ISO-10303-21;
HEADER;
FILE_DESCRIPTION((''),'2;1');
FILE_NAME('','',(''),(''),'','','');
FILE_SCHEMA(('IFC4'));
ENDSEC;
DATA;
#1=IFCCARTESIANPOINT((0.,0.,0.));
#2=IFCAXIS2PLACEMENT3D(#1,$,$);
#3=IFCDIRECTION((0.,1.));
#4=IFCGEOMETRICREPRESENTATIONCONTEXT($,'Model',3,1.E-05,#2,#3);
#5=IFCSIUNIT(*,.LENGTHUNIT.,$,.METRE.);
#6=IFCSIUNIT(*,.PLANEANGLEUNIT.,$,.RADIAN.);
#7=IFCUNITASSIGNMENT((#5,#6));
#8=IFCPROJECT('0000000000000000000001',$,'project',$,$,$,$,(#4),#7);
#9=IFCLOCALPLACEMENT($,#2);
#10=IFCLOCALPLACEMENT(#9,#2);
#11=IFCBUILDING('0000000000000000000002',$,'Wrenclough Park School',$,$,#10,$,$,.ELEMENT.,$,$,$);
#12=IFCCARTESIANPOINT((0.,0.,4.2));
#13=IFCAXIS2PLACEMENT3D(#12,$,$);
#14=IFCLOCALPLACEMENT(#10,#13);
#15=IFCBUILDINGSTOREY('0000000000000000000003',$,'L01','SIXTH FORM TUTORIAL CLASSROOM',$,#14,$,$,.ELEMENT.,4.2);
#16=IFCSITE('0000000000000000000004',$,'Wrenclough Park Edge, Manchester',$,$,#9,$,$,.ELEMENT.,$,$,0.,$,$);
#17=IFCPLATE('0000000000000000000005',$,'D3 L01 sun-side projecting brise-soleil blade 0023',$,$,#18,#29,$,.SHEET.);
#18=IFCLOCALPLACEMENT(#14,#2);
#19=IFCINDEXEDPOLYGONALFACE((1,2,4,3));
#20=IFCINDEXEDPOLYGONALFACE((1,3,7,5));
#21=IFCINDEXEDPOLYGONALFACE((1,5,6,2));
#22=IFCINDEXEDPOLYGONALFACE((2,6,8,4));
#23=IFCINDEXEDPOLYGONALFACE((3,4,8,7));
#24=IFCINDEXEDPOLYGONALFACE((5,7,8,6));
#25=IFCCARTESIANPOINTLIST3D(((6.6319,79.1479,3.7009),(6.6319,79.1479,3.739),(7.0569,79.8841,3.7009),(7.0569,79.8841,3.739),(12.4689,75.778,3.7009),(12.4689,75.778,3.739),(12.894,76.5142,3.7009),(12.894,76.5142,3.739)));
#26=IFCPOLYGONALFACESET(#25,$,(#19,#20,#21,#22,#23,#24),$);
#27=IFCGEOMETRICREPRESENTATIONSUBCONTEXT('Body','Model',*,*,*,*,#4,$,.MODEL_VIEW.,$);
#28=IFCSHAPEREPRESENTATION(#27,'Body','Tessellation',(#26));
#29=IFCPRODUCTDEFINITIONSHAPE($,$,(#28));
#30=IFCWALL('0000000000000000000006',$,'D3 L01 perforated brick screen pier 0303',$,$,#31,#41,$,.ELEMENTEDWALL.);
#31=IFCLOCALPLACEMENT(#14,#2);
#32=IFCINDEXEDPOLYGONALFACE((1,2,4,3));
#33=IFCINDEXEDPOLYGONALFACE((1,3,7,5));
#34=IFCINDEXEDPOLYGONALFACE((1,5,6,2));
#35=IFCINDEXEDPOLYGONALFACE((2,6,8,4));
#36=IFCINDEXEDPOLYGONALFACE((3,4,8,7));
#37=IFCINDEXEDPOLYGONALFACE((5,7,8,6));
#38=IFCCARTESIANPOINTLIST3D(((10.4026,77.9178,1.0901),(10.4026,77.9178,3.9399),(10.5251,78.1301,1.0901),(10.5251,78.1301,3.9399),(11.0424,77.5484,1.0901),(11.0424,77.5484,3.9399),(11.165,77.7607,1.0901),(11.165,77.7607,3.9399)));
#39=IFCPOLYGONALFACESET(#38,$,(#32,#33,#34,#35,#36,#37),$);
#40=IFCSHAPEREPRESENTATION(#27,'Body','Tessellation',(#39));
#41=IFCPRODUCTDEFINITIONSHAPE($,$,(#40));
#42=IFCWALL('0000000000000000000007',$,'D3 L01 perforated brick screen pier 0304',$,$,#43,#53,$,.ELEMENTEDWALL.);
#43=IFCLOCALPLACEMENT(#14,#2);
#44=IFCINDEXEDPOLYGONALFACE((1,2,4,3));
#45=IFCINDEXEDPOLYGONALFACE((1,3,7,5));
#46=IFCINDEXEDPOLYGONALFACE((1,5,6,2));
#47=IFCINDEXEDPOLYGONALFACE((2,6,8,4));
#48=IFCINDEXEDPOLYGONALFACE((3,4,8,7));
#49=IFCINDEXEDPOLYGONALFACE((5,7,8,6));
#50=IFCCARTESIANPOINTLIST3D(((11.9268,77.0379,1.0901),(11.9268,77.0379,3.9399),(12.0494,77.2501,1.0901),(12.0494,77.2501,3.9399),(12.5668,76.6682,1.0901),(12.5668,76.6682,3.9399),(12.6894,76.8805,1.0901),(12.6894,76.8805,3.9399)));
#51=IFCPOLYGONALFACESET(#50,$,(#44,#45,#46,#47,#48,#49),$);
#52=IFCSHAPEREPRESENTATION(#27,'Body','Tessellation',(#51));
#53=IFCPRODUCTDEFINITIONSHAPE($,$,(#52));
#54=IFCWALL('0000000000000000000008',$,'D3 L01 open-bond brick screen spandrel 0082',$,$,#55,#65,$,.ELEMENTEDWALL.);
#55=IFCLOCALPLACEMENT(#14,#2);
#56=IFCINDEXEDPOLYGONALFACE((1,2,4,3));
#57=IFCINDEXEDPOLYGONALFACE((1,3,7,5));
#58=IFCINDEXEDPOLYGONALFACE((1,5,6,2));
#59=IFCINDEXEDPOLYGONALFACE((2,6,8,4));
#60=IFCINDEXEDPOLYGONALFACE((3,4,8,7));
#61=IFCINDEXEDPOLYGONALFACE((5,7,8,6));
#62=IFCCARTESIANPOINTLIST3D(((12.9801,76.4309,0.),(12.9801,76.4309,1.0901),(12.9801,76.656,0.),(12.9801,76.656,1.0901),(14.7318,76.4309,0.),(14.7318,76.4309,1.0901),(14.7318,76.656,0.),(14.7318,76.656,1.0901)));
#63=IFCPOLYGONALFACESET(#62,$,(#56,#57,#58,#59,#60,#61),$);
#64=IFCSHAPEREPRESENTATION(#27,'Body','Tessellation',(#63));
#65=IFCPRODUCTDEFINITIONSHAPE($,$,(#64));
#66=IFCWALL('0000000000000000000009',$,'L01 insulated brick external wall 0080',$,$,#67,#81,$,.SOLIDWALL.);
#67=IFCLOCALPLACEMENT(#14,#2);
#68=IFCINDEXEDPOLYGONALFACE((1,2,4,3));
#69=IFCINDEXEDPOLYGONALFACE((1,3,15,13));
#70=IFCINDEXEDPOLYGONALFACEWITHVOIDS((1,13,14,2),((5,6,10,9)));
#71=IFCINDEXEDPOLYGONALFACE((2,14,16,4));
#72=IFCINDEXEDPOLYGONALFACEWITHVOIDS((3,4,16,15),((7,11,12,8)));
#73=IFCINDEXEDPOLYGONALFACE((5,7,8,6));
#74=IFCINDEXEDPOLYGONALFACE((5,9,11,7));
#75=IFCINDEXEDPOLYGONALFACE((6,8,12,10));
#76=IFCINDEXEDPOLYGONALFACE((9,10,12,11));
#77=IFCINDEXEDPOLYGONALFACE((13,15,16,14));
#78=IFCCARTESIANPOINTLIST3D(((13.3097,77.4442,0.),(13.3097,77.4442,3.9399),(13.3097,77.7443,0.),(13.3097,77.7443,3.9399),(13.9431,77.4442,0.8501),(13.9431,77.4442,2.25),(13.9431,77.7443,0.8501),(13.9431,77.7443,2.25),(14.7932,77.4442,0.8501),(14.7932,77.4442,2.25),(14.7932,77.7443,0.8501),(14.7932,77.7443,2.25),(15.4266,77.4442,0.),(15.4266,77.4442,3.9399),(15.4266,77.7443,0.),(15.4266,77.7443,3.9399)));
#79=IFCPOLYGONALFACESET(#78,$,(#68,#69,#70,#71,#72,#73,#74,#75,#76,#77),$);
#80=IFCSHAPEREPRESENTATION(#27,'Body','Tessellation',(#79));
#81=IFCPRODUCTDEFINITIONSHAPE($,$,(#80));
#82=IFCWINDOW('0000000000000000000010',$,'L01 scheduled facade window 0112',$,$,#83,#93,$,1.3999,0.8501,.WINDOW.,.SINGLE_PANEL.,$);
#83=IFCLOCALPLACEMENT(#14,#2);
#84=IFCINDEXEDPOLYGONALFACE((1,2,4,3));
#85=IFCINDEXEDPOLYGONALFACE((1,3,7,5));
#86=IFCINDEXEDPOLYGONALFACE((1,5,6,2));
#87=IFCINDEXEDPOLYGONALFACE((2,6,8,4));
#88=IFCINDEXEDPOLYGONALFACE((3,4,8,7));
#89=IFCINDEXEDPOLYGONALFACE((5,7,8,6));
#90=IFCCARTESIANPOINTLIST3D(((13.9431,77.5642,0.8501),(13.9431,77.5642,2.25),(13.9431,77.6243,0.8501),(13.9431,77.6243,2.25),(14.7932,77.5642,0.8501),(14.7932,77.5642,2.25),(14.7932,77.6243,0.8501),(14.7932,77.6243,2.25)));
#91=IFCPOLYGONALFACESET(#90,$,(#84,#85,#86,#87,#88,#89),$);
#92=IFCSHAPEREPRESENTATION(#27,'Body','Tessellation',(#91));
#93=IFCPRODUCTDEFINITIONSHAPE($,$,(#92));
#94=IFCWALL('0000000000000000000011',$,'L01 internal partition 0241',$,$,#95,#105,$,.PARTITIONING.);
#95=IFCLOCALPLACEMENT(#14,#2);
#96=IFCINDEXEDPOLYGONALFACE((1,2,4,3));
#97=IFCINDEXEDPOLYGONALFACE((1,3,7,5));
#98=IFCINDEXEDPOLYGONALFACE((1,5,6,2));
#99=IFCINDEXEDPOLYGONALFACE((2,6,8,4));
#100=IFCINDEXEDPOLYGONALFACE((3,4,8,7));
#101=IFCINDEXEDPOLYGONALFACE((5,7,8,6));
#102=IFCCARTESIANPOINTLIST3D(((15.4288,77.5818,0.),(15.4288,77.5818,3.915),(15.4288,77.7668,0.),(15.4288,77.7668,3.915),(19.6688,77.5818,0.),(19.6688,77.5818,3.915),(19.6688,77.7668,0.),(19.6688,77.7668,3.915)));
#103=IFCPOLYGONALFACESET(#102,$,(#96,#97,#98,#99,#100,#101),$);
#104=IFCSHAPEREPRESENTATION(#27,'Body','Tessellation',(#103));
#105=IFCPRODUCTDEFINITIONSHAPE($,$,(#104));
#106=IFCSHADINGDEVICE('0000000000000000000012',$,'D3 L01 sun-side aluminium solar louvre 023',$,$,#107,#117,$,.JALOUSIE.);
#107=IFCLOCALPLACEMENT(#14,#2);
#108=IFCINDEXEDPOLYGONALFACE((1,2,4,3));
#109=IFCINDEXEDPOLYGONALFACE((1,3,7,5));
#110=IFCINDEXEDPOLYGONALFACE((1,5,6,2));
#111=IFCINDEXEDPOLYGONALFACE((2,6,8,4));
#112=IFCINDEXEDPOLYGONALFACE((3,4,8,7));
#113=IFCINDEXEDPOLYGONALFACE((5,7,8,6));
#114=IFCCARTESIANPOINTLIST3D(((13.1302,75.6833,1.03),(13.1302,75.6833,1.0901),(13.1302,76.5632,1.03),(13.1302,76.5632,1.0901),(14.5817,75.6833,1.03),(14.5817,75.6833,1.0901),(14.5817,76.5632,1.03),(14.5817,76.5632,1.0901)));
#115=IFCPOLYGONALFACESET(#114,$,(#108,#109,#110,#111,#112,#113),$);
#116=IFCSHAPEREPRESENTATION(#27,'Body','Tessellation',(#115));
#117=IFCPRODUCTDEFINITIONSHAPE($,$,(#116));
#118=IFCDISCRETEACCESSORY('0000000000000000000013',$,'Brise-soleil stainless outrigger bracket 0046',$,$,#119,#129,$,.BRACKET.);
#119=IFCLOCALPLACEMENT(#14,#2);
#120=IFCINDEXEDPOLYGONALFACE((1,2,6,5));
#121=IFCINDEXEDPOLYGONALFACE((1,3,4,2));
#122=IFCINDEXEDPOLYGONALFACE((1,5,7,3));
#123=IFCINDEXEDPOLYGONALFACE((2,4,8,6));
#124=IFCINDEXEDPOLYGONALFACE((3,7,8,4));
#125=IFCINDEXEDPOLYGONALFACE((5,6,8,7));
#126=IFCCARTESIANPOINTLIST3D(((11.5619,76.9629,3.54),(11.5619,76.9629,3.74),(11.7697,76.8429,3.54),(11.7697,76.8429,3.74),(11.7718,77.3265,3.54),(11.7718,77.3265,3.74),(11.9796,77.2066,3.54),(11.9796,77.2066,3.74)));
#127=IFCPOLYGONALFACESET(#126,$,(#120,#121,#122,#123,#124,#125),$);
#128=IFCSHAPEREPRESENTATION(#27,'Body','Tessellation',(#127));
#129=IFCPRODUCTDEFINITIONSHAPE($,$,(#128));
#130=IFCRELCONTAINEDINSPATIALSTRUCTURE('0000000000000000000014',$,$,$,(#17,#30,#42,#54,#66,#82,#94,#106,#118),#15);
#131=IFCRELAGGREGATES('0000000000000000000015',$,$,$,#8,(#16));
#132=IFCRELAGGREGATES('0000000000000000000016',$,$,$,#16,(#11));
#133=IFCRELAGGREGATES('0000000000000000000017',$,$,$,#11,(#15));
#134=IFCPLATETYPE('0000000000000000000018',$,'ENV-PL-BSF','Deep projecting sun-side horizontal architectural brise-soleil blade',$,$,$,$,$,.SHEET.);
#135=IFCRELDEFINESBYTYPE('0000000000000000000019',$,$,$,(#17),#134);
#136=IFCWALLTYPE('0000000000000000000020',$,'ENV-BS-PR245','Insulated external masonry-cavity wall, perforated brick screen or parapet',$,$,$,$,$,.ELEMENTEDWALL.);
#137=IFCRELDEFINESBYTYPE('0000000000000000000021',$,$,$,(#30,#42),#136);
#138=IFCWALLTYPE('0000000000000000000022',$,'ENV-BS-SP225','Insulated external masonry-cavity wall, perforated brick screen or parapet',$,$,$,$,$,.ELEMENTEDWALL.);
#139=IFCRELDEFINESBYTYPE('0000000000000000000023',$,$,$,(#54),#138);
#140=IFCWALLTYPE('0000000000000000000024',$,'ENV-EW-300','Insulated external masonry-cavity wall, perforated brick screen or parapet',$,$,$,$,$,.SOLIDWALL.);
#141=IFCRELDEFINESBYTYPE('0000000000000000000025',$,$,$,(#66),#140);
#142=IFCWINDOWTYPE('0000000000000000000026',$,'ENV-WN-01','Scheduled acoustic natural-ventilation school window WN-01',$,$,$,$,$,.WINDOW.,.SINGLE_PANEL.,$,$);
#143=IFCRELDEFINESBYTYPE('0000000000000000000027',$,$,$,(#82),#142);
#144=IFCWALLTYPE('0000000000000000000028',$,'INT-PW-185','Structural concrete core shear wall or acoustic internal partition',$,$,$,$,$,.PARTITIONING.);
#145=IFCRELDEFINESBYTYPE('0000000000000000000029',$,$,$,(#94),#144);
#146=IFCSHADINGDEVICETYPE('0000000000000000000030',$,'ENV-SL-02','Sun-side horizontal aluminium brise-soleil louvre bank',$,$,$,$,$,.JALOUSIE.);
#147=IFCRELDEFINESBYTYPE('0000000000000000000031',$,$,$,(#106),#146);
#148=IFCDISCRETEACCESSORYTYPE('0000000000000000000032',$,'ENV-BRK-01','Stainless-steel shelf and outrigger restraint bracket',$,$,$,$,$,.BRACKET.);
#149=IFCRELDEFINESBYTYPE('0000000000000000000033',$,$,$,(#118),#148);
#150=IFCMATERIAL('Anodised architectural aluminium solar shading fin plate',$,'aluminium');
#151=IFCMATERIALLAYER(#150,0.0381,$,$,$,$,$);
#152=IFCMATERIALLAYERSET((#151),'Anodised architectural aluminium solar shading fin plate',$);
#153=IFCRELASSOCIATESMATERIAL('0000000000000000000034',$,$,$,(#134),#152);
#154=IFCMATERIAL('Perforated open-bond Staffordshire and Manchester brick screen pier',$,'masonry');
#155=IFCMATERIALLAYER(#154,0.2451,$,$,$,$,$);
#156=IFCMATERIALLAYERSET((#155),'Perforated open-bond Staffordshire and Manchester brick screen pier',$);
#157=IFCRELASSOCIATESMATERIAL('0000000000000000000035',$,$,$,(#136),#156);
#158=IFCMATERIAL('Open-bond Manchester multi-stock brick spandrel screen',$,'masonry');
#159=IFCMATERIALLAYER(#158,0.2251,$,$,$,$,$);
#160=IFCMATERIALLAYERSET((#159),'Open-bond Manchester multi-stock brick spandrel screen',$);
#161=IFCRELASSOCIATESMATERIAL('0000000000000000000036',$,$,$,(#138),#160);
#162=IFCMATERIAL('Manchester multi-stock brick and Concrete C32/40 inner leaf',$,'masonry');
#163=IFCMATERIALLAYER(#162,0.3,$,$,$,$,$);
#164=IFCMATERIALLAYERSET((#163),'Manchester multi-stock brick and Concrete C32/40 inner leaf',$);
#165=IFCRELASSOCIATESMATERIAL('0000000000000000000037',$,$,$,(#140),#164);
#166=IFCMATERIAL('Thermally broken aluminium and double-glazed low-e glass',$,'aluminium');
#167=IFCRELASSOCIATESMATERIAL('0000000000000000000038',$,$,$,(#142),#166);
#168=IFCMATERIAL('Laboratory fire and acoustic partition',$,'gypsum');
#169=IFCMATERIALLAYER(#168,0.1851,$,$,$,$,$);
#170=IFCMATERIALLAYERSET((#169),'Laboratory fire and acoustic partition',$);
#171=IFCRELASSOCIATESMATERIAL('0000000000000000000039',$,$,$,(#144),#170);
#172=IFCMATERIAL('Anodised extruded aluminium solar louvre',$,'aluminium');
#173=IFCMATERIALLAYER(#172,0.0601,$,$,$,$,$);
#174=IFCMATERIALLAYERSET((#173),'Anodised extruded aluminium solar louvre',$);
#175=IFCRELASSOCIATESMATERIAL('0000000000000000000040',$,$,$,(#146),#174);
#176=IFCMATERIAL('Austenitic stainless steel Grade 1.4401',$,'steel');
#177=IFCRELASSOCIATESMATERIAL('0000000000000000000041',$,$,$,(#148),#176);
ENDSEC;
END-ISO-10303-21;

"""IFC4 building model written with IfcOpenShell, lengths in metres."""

from ifc_helpers import new_model, si_unit, direction, frame, frame_2d, origin, origin_2d, place, context, subcontext, project, spatial, rectangle, extrude, material, layer, layer_set, type_object, element, fill, save


model = new_model("IFC4")

# Units and contexts
model_context = context("Model", 3, precision=1e-05, world=origin(), true_north=direction((0.0, 1.0)))
body_context = subcontext(model_context, "Body", "Model", "MODEL_VIEW")
ifc_project = project(units=[si_unit("LENGTHUNIT", "METRE"), si_unit("PLANEANGLEUNIT", "RADIAN")], contexts=[model_context])

# Site, building, storey
site_placement = place(None, origin())
site = spatial("IfcSite", under=ifc_project, at=site_placement, Name="Wrenclough Park Edge, Manchester", CompositionType="ELEMENT", RefElevation=0.0)
building_placement = place(site_placement, origin())
building = spatial("IfcBuilding", under=site, at=building_placement, Name="Wrenclough Park School", CompositionType="ELEMENT")
storey_placement = place(building_placement, frame((0.0, 0.0, 4.2)))
storey = spatial("IfcBuildingStorey", under=building, at=storey_placement, Name="L01", Description="SIXTH FORM TUTORIAL CLASSROOM", CompositionType="ELEMENT", Elevation=4.2)

# Plate
ifc_material_1 = material(Name="Anodised architectural aluminium solar shading fin plate", Category="aluminium")
ifc_layer_1 = layer(ifc_material_1, 0.0381)
ifc_layer_set_1 = layer_set([ifc_layer_1], Name="Anodised architectural aluminium solar shading fin plate")
plate_type_1 = type_object("IfcPlateType", Name="ENV-PL-BSF", Description="Deep projecting sun-side horizontal architectural brise-soleil blade", PredefinedType="SHEET", material=ifc_layer_set_1)
plate_1_placement = place(storey_placement, frame((9.7629, 77.8311, 3.7009), z_axis=(0.0, 0.0, 1.0), x_axis=(0.866031, -0.499991, 0.0)))
element("IfcPlate", 1, at=plate_1_placement, inside=storey, type_object=plate_type_1, Name="D3 L01 sun-side projecting brise-soleil blade 0023", PredefinedType="SHEET", context=body_context, shape_type="SweptSolid", body=[
    extrude(rectangle(XDim=6.74, YDim=0.8501, at=origin_2d()), origin(), (0.0, 0.0, 1.0), 0.0381),
])

# Walls
ifc_material_2 = material(Name="Perforated open-bond Staffordshire and Manchester brick screen pier", Category="masonry")
ifc_layer_2 = layer(ifc_material_2, 0.2451)
ifc_layer_set_2 = layer_set([ifc_layer_2], Name="Perforated open-bond Staffordshire and Manchester brick screen pier")
wall_type_1 = type_object("IfcWallType", Name="ENV-BS-PR245", Description="Insulated external masonry-cavity wall, perforated brick screen or parapet", PredefinedType="ELEMENTEDWALL", material=ifc_layer_set_2)
wall_1_placement = place(storey_placement, frame((10.4639, 78.0239, 1.0901), z_axis=(0.0, 0.0, 1.0), x_axis=(0.866059, -0.499942, 0.0)))
element("IfcWall", 2, at=wall_1_placement, inside=storey, type_object=wall_type_1, Name="D3 L01 perforated brick screen pier 0303", PredefinedType="ELEMENTEDWALL", context=body_context, shape_type="SweptSolid", body=[
    extrude(rectangle(XDim=0.7388, YDim=0.2451, at=frame_2d((0.3694, 0.0))), origin(), (0.0, 0.0, 1.0), 2.8499),
])
wall_2_placement = place(storey_placement, frame((11.988, 77.144, 1.0901), z_axis=(0.0, 0.0, 1.0), x_axis=(0.865916, -0.50019, 0.0)))
element("IfcWall", 3, at=wall_2_placement, inside=storey, type_object=wall_type_1, Name="D3 L01 perforated brick screen pier 0304", PredefinedType="ELEMENTEDWALL", context=body_context, shape_type="SweptSolid", body=[
    extrude(rectangle(XDim=0.739, YDim=0.2451, at=frame_2d((0.3696, 0.0))), origin(), (0.0, 0.0, 1.0), 2.8499),
])
ifc_material_3 = material(Name="Open-bond Manchester multi-stock brick spandrel screen", Category="masonry")
ifc_layer_3 = layer(ifc_material_3, 0.2251)
ifc_layer_set_3 = layer_set([ifc_layer_3], Name="Open-bond Manchester multi-stock brick spandrel screen")
wall_type_2 = type_object("IfcWallType", Name="ENV-BS-SP225", Description="Insulated external masonry-cavity wall, perforated brick screen or parapet", PredefinedType="ELEMENTEDWALL", material=ifc_layer_set_3)
wall_3_placement = place(storey_placement, frame((12.98, 76.5435, 0.0), z_axis=(0.0, 0.0, 1.0), x_axis=(1.0, 0.0, 0.0)))
element("IfcWall", 4, at=wall_3_placement, inside=storey, type_object=wall_type_2, Name="D3 L01 open-bond brick screen spandrel 0082", PredefinedType="ELEMENTEDWALL", context=body_context, shape_type="SweptSolid", body=[
    extrude(rectangle(XDim=1.7517, YDim=0.2251, at=frame_2d((0.876, 0.0))), origin(), (0.0, 0.0, 1.0), 1.0901),
])

# Wall, opening, window
ifc_material_4 = material(Name="Manchester multi-stock brick and Concrete C32/40 inner leaf", Category="masonry")
ifc_layer_4 = layer(ifc_material_4, 0.3)
ifc_layer_set_4 = layer_set([ifc_layer_4], Name="Manchester multi-stock brick and Concrete C32/40 inner leaf")
wall_type_3 = type_object("IfcWallType", Name="ENV-EW-300", Description="Insulated external masonry-cavity wall, perforated brick screen or parapet", PredefinedType="SOLIDWALL", material=ifc_layer_set_4)
wall_4_placement = place(storey_placement, frame((15.4268, 77.5942, 0.0), z_axis=(0.0, 0.0, 1.0), x_axis=(-1.0, 0.0, 0.0)))
wall_4 = element("IfcWall", 5, at=wall_4_placement, inside=storey, type_object=wall_type_3, Name="L01 insulated brick external wall 0080", PredefinedType="SOLIDWALL", context=body_context, shape_type="SweptSolid", body=[
    extrude(rectangle(XDim=2.1169, YDim=0.3, at=frame_2d((1.0586, 0.0))), origin(), (0.0, 0.0, 1.0), 3.9399),
])
opening_placement = place(wall_4_placement, frame((0.6335, 0.0, 0.8501)))
opening = element("IfcOpeningElement", 6, at=opening_placement, cuts=wall_4, PredefinedType="OPENING", context=body_context, shape_type="SweptSolid", body=[
    extrude(rectangle(XDim=0.8501, YDim=1.3999, at=frame_2d((0.425, 0.7))), frame((0.0, 0.1599, 0.0), z_axis=(0.0, -1.0, 0.0), x_axis=(1.0, 0.0, 0.0)), (0.0, 0.0, 1.0), 0.3201),
])
ifc_material_5 = material(Name="Thermally broken aluminium and double-glazed low-e glass", Category="aluminium")
window_type = type_object("IfcWindowType", Name="ENV-WN-01", Description="Scheduled acoustic natural-ventilation school window WN-01", PartitioningType="SINGLE_PANEL", PredefinedType="WINDOW", material=ifc_material_5)
window_placement = place(opening_placement, origin())
window = element("IfcWindow", 7, at=window_placement, inside=storey, type_object=window_type, Name="L01 scheduled facade window 0112", OverallHeight=1.3999, OverallWidth=0.8501, PartitioningType="SINGLE_PANEL", PredefinedType="WINDOW", context=body_context, shape_type="SweptSolid", body=[
    extrude(rectangle(XDim=0.8501, YDim=1.3999, at=frame_2d((0.425, 0.7))), frame((0.0, 0.03, 0.0), z_axis=(0.0, -1.0, 0.0), x_axis=(1.0, 0.0, 0.0)), (0.0, 0.0, 1.0), 0.0601),
])
fill(opening, window)

# Wall
ifc_material_6 = material(Name="Laboratory fire and acoustic partition", Category="gypsum")
ifc_layer_5 = layer(ifc_material_6, 0.1851)
ifc_layer_set_5 = layer_set([ifc_layer_5], Name="Laboratory fire and acoustic partition")
wall_type_4 = type_object("IfcWallType", Name="INT-PW-185", Description="Structural concrete core shear wall or acoustic internal partition", PredefinedType="PARTITIONING", material=ifc_layer_set_5)
wall_5_placement = place(storey_placement, frame((15.4287, 77.6743, 0.0), z_axis=(0.0, 0.0, 1.0), x_axis=(1.0, 0.0, 0.0)))
element("IfcWall", 8, at=wall_5_placement, inside=storey, type_object=wall_type_4, Name="L01 internal partition 0241", PredefinedType="PARTITIONING", context=body_context, shape_type="SweptSolid", body=[
    extrude(rectangle(XDim=4.24, YDim=0.1851, at=frame_2d((2.1201, 0.0))), origin(), (0.0, 0.0, 1.0), 3.915),
])

# Shading device
ifc_material_7 = material(Name="Anodised extruded aluminium solar louvre", Category="aluminium")
ifc_layer_6 = layer(ifc_material_7, 0.0601)
ifc_layer_set_6 = layer_set([ifc_layer_6], Name="Anodised extruded aluminium solar louvre")
shading_device_type = type_object("IfcShadingDeviceType", Name="ENV-SL-02", Description="Sun-side horizontal aluminium brise-soleil louvre bank", PredefinedType="JALOUSIE", material=ifc_layer_set_6)
shading_device_placement = place(storey_placement, frame((13.856, 76.1233, 1.03), z_axis=(0.0, 0.0, 1.0), x_axis=(1.0, 0.0, 0.0)))
element("IfcShadingDevice", 9, at=shading_device_placement, inside=storey, type_object=shading_device_type, Name="D3 L01 sun-side aluminium solar louvre 023", PredefinedType="JALOUSIE", context=body_context, shape_type="SweptSolid", body=[
    extrude(rectangle(XDim=1.4514, YDim=0.8799, at=origin_2d()), origin(), (0.0, 0.0, 1.0), 0.0601),
])

# Discrete accessory
ifc_material_8 = material(Name="Austenitic stainless steel Grade 1.4401", Category="steel")
discrete_accessory_type = type_object("IfcDiscreteAccessoryType", Name="ENV-BRK-01", Description="Stainless-steel shelf and outrigger restraint bracket", PredefinedType="BRACKET", material=ifc_material_8)
discrete_accessory_placement = place(storey_placement, frame((11.7708, 77.0847, 3.54), z_axis=(0.0, 0.0, 1.0), x_axis=(0.866031, -0.499991, 0.0)))
element("IfcDiscreteAccessory", 10, at=discrete_accessory_placement, inside=storey, type_object=discrete_accessory_type, Name="Brise-soleil stainless outrigger bracket 0046", PredefinedType="BRACKET", context=body_context, shape_type="SweptSolid", body=[
    extrude(rectangle(XDim=0.24, YDim=0.4199, at=origin_2d()), origin(), (0.0, 0.0, 1.0), 0.2),
])

save(model, "model.ifc")
